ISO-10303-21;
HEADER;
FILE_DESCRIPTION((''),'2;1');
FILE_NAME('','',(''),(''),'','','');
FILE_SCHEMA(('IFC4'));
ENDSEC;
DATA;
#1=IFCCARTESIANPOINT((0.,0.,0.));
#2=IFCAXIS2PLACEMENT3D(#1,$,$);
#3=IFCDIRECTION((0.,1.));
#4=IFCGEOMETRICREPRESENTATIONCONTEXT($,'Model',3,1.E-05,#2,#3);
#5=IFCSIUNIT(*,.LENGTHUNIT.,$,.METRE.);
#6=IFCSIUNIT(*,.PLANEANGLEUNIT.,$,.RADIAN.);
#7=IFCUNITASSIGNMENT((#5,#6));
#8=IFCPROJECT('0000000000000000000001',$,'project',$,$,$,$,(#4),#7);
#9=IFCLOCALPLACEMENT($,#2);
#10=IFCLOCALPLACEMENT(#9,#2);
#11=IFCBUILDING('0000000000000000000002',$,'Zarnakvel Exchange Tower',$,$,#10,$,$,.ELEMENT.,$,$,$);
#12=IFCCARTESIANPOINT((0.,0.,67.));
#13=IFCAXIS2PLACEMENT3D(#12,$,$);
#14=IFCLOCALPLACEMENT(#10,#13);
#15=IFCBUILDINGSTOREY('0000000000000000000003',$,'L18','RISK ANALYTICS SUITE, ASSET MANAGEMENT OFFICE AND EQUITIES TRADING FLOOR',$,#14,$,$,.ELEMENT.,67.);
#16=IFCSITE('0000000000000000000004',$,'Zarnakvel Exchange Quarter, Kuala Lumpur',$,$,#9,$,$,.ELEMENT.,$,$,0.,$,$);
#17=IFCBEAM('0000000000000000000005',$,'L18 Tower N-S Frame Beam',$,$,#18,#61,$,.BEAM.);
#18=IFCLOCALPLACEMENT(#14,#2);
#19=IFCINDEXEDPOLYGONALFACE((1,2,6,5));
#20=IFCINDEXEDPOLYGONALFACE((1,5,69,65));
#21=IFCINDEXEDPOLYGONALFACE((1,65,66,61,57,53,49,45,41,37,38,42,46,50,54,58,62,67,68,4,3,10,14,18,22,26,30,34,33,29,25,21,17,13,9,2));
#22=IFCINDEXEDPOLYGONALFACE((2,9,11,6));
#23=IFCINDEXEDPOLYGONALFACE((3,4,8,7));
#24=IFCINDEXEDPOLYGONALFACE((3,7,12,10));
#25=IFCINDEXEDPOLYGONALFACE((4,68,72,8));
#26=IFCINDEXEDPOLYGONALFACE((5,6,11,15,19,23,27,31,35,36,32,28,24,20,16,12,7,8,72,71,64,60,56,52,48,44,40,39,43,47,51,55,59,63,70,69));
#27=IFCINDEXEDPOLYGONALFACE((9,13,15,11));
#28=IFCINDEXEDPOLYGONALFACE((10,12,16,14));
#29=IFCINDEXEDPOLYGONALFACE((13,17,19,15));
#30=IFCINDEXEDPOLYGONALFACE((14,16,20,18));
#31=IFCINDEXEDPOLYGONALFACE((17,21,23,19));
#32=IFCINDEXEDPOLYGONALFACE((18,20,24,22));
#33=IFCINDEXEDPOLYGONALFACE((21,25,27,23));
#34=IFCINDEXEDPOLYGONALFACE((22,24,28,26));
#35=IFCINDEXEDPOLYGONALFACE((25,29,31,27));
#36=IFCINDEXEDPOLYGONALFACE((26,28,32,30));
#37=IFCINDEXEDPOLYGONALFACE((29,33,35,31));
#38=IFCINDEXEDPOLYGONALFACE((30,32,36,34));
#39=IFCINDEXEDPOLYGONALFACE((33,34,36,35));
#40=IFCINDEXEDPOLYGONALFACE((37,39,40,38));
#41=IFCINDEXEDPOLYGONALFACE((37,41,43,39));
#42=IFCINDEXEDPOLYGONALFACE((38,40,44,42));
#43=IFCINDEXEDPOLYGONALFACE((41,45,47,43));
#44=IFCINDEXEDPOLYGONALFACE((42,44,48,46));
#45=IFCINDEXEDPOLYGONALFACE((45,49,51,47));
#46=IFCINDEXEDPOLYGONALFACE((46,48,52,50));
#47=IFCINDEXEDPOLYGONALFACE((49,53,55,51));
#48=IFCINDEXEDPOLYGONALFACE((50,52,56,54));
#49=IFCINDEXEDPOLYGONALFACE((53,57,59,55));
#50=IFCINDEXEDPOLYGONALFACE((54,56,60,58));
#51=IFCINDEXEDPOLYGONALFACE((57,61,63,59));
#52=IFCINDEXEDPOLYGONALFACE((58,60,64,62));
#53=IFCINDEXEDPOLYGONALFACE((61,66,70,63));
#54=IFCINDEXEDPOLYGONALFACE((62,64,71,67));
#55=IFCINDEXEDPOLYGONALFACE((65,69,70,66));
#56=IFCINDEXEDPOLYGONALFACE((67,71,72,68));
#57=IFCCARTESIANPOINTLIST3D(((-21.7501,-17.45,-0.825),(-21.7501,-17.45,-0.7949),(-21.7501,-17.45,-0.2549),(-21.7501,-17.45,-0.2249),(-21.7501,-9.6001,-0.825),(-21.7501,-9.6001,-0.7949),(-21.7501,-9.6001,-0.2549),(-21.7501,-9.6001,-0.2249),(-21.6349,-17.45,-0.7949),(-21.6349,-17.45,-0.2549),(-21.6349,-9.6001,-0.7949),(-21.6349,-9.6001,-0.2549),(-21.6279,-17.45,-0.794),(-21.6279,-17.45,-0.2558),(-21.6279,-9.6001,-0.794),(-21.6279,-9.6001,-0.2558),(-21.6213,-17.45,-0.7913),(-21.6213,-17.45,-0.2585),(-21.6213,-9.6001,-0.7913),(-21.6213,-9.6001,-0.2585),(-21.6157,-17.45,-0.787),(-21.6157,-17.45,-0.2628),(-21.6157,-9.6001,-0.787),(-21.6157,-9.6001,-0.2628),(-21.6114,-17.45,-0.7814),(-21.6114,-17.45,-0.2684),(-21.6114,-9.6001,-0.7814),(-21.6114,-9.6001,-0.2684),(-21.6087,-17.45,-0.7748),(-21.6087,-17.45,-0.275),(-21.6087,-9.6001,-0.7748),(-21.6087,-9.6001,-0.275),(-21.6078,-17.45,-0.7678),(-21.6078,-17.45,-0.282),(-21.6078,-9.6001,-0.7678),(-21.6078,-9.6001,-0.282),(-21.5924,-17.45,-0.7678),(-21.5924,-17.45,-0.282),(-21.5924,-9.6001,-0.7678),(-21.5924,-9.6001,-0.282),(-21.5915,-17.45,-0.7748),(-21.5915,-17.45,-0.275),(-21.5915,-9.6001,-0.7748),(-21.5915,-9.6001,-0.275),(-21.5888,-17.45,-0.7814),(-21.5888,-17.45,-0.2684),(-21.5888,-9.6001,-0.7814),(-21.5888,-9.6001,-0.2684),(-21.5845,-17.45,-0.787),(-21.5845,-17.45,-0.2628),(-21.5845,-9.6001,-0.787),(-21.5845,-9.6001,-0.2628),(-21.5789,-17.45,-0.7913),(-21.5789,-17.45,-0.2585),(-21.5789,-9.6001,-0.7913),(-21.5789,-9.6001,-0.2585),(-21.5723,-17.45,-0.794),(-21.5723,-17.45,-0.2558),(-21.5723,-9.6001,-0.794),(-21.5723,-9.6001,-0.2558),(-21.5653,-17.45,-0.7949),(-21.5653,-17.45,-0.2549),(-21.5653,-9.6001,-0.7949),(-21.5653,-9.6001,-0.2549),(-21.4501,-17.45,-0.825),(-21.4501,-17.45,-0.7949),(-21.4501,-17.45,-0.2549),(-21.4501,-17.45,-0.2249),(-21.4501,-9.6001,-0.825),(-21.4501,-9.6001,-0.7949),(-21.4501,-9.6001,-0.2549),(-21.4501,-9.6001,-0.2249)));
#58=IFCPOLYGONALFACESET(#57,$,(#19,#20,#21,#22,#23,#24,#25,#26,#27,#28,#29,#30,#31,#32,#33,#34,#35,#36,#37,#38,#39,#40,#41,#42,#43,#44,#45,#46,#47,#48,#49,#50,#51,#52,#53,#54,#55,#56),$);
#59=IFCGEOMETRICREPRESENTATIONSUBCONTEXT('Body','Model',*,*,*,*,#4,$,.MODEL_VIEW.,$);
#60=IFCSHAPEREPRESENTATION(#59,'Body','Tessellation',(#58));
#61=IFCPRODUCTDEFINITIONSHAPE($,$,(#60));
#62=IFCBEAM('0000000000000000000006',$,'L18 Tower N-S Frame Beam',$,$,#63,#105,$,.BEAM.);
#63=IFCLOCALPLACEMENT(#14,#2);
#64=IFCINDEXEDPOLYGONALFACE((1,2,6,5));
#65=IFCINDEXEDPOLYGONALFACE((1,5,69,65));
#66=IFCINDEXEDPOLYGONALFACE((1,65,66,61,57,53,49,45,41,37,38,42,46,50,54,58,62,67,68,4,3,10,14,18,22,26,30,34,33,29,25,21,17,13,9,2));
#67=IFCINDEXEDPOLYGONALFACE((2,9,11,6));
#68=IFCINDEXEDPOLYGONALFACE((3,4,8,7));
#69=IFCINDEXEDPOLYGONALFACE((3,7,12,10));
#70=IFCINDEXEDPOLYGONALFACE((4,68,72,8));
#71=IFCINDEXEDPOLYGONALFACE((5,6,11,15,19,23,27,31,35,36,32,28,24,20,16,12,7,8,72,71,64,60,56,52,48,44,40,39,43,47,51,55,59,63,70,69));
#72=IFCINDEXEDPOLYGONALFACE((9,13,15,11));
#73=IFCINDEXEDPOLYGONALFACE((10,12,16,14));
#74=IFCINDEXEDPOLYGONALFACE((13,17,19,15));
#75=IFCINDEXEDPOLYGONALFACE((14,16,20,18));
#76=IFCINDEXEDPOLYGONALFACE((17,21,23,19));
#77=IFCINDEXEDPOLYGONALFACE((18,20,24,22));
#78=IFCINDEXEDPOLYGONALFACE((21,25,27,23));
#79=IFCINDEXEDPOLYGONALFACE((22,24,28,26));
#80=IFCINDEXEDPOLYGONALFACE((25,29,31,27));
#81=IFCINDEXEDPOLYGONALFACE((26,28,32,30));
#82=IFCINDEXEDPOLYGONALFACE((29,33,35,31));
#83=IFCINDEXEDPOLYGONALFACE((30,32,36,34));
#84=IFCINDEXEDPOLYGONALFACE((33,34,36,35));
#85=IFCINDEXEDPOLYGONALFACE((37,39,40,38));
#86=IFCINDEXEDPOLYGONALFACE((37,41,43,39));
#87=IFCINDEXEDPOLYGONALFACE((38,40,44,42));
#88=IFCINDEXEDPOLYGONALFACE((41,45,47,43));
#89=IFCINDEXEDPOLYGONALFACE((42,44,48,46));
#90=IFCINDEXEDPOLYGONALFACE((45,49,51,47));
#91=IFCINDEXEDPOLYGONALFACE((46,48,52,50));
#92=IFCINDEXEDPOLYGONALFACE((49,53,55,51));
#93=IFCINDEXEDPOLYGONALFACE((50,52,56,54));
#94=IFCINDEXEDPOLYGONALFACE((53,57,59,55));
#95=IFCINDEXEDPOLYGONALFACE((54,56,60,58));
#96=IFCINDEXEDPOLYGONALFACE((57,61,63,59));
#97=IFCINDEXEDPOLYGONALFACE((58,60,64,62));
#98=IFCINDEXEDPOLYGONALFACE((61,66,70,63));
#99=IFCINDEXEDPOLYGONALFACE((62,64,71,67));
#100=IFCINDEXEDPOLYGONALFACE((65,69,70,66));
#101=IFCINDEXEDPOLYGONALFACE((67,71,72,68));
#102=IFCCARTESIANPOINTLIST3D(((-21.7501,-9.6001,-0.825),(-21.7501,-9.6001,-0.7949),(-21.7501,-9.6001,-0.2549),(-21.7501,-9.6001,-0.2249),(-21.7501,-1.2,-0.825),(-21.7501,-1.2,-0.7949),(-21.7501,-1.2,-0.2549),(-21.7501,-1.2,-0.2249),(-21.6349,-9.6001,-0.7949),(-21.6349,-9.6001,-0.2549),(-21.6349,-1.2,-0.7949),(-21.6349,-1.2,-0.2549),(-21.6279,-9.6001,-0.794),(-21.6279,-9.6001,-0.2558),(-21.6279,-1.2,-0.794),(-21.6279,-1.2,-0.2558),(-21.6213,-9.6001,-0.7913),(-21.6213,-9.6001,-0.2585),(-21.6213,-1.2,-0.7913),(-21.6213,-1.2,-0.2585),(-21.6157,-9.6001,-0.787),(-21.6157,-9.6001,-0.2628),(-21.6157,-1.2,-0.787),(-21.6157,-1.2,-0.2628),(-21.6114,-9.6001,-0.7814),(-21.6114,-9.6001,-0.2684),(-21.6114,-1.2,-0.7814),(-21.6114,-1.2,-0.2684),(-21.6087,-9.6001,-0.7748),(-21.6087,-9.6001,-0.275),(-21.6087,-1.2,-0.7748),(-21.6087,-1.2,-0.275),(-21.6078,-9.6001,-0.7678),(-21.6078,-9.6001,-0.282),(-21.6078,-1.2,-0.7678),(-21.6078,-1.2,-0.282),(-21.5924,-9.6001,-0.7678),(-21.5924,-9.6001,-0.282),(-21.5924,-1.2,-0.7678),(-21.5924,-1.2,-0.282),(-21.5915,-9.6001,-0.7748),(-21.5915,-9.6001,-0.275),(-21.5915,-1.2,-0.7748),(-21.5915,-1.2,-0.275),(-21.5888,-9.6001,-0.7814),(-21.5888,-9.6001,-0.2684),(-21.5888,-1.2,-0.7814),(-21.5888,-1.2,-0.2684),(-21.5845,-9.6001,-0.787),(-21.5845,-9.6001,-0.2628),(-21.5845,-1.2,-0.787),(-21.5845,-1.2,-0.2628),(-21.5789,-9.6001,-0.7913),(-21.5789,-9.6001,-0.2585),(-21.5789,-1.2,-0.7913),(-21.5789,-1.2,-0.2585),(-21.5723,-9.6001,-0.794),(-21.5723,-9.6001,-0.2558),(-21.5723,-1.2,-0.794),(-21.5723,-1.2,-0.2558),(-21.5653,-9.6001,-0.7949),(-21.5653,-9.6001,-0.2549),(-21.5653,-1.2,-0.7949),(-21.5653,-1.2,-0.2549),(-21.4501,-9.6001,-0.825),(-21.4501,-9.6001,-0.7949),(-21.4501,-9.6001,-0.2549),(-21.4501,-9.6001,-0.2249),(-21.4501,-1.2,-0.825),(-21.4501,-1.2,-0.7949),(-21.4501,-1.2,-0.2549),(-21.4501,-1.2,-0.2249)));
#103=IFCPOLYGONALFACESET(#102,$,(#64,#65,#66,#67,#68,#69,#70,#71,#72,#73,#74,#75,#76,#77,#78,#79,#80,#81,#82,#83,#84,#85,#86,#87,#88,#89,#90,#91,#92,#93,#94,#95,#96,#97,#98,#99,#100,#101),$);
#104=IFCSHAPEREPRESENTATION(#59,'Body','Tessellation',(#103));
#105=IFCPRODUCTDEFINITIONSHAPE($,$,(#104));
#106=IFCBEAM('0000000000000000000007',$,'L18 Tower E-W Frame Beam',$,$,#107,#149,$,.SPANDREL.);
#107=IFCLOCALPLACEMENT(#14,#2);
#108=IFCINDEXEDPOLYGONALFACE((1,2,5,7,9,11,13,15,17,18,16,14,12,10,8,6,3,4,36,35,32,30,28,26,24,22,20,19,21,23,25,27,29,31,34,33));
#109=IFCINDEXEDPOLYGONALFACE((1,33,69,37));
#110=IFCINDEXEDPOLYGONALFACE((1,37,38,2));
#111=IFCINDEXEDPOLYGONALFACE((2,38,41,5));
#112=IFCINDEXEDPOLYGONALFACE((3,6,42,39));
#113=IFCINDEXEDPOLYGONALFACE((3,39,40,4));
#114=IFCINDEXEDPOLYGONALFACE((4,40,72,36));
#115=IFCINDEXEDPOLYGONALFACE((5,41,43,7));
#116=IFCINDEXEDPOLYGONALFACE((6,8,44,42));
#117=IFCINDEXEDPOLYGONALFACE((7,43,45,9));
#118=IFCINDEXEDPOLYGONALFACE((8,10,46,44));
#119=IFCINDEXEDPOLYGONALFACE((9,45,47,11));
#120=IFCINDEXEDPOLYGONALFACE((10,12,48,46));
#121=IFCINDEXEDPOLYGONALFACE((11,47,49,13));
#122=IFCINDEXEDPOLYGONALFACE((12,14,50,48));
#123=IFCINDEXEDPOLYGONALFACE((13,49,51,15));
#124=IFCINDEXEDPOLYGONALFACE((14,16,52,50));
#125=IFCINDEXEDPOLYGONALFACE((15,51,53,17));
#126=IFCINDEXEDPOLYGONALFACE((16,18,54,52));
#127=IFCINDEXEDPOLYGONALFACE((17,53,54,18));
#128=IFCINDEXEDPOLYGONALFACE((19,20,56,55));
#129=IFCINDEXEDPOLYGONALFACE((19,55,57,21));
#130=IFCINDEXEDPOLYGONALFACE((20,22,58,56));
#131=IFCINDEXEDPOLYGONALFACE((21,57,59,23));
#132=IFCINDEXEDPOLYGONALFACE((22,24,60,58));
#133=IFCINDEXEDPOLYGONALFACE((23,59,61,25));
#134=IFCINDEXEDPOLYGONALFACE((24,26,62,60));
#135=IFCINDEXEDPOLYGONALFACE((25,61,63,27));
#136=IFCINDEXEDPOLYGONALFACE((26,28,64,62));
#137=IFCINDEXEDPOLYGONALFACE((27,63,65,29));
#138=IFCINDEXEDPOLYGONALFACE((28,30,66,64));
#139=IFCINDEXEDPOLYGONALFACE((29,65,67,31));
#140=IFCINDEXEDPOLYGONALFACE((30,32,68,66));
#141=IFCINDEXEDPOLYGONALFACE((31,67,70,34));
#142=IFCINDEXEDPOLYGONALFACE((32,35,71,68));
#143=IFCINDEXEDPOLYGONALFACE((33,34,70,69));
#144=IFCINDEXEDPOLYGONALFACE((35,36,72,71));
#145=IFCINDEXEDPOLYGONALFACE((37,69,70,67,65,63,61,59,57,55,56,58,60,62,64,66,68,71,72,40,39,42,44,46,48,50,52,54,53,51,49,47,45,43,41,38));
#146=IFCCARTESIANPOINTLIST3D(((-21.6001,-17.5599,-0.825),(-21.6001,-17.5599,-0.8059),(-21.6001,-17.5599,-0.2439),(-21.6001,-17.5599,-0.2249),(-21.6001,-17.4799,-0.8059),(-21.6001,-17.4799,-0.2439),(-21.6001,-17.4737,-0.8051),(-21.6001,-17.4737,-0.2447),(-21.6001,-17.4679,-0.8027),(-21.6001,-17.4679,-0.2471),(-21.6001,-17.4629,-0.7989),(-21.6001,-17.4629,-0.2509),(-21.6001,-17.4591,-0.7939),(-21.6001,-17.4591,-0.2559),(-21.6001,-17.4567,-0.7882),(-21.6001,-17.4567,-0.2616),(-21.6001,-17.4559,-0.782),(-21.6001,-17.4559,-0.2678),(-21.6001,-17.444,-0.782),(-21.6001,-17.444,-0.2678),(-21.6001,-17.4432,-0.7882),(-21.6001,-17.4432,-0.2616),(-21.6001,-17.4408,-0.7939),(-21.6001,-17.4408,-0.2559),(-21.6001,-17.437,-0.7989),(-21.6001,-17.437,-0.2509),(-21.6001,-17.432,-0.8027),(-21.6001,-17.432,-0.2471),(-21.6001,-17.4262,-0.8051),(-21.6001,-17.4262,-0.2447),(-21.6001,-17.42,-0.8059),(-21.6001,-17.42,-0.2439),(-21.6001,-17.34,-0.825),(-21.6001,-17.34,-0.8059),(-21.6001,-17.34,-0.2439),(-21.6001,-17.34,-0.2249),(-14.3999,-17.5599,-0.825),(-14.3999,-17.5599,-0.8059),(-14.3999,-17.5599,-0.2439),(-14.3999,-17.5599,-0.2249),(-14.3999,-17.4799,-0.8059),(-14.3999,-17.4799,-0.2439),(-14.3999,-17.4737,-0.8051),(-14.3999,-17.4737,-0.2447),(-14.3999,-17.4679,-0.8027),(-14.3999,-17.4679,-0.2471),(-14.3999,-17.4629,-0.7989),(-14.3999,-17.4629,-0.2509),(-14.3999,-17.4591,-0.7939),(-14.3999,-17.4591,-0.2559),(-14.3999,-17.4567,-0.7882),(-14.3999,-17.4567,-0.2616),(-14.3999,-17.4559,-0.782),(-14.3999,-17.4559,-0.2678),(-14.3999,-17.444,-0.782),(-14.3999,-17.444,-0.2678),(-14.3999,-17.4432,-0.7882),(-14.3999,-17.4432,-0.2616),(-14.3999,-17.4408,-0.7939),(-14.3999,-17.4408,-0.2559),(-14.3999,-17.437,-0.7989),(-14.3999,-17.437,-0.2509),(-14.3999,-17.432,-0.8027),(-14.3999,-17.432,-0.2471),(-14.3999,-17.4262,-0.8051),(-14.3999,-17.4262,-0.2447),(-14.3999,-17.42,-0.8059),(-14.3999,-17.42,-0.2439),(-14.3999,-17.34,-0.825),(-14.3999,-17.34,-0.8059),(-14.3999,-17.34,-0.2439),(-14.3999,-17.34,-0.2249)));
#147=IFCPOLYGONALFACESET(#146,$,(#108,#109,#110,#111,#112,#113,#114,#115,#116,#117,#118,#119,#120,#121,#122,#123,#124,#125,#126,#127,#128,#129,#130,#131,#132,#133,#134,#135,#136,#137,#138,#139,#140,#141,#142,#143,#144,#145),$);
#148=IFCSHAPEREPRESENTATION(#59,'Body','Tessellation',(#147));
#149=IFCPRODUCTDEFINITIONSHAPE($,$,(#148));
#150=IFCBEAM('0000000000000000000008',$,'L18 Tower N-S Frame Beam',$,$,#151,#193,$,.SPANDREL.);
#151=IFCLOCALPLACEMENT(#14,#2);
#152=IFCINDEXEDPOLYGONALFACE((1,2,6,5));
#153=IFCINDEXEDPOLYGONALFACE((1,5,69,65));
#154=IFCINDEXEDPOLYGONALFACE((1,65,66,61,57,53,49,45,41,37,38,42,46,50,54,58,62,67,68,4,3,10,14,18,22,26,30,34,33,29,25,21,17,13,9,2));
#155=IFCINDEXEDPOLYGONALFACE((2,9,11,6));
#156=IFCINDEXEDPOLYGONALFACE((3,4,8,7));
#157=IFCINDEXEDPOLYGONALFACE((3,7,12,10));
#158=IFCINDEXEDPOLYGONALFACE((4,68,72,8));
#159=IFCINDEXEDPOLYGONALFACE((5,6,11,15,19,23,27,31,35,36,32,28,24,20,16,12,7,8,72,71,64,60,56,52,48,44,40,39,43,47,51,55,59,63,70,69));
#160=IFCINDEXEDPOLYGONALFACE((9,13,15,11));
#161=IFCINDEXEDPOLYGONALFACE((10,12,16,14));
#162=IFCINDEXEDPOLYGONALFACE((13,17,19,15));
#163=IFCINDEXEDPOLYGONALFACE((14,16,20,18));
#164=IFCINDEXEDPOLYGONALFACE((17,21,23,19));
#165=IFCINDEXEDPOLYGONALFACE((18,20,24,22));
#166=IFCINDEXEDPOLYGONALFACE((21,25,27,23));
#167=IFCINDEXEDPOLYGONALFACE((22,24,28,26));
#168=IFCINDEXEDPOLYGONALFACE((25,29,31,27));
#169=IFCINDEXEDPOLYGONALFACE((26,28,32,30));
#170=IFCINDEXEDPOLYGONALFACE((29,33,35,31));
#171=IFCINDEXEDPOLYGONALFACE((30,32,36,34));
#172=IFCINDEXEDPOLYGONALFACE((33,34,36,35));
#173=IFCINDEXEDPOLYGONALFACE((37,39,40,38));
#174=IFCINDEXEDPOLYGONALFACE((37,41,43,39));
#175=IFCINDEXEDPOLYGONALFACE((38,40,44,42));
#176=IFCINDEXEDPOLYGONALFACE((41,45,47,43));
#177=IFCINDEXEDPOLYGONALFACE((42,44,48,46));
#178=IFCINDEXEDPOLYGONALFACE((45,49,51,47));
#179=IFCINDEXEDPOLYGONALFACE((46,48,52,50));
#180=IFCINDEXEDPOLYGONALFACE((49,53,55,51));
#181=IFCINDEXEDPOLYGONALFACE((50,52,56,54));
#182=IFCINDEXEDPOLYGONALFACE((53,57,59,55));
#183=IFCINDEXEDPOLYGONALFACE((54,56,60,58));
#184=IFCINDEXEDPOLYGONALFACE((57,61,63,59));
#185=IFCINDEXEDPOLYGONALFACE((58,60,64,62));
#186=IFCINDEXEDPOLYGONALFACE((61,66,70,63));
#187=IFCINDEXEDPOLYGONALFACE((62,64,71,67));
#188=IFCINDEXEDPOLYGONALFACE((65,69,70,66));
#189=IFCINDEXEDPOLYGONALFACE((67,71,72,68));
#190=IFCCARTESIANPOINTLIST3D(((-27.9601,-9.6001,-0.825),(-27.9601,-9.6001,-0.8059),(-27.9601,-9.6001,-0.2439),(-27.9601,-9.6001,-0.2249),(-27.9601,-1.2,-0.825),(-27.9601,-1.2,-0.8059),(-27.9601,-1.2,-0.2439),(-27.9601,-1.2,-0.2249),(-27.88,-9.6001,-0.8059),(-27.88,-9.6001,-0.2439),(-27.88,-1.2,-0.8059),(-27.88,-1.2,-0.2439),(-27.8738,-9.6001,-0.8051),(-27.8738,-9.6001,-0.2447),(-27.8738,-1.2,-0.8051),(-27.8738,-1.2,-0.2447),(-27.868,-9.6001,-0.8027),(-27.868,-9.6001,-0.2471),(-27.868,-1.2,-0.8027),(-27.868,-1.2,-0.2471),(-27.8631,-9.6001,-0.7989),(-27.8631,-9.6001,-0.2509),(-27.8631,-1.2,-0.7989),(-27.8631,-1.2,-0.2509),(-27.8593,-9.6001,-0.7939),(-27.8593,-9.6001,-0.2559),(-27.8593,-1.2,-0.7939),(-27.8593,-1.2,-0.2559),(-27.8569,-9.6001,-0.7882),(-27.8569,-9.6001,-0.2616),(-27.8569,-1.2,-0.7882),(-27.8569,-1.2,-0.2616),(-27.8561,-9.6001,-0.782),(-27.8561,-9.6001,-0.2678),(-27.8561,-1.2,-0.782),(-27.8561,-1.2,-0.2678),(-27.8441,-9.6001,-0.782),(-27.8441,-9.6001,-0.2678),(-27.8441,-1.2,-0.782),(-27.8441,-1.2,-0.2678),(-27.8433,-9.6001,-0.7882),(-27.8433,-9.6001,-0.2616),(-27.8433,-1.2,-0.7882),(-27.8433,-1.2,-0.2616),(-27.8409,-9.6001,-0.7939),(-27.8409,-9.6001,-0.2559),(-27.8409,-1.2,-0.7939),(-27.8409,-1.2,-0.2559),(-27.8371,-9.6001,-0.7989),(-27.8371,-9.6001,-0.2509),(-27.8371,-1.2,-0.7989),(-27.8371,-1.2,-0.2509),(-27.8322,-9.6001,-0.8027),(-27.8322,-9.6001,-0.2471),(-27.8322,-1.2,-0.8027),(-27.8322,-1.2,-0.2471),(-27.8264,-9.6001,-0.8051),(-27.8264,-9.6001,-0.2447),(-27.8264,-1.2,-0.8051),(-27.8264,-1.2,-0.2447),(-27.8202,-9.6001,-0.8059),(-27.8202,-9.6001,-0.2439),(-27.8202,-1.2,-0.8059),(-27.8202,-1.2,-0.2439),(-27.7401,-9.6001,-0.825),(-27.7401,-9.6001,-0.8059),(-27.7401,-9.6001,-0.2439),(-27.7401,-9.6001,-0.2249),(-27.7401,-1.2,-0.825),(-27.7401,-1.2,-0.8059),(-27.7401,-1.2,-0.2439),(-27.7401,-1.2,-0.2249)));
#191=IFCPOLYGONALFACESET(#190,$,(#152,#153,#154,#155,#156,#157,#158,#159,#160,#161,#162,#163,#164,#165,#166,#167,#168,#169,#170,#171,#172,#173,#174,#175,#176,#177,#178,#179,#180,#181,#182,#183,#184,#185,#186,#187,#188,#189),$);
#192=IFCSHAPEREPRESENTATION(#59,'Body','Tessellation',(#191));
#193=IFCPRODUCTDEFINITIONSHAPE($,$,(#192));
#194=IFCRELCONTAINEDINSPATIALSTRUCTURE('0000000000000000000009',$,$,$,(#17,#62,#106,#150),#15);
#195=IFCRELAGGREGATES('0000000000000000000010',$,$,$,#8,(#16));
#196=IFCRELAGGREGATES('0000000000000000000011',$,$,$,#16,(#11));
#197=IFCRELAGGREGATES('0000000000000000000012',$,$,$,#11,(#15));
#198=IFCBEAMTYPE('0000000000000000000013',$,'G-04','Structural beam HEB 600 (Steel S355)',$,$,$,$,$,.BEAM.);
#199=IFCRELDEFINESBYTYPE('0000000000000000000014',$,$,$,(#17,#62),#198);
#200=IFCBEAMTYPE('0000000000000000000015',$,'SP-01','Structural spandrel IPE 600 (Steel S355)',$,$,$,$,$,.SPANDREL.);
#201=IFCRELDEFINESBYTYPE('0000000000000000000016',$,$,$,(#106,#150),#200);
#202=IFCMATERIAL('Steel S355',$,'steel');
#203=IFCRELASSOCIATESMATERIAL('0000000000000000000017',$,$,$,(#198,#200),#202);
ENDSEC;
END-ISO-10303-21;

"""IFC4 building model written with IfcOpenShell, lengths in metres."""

from ifc_helpers import new_model, si_unit, direction, frame, origin, origin_2d, place, context, subcontext, project, spatial, i_section, extrude, material, material_profile, profile_set, type_object, element, save


model = new_model("IFC4")

# Units and contexts
model_context = context("Model", 3, precision=1e-05, world=origin(), true_north=direction((0.0, 1.0)))
body_context = subcontext(model_context, "Body", "Model", "MODEL_VIEW")
ifc_project = project(units=[si_unit("LENGTHUNIT", "METRE"), si_unit("PLANEANGLEUNIT", "RADIAN")], contexts=[model_context])

# Site, building, storey
site_placement = place(None, origin())
site = spatial("IfcSite", under=ifc_project, at=site_placement, Name="Zarnakvel Exchange Quarter, Kuala Lumpur", CompositionType="ELEMENT", RefElevation=0.0)
building_placement = place(site_placement, origin())
building = spatial("IfcBuilding", under=site, at=building_placement, Name="Zarnakvel Exchange Tower", CompositionType="ELEMENT")
storey_placement = place(building_placement, frame((0.0, 0.0, 67.0)))
storey = spatial("IfcBuildingStorey", under=building, at=storey_placement, Name="L18", Description="RISK ANALYTICS SUITE, ASSET MANAGEMENT OFFICE AND EQUITIES TRADING FLOOR", CompositionType="ELEMENT", Elevation=67.0)

# Shared definitions
ifc_material_1 = material(Name="Steel S355", Category="steel")

# Beams
ifc_material_profile_1 = material_profile(ifc_material_1, i_section(OverallWidth=0.3, OverallDepth=0.6001, WebThickness=0.0154, FlangeThickness=0.03, FilletRadius=0.0271, at=origin_2d()))
ifc_profile_set_1 = profile_set([ifc_material_profile_1], Name="Steel S355")
beam_type_1 = type_object("IfcBeamType", Name="G-04", Description="Structural beam HEB 600 (Steel S355)", PredefinedType="BEAM", material=ifc_profile_set_1)
beam_1_placement = place(storey_placement, frame((-21.6001, -17.45, -0.5249), z_axis=(0.0, 1.0, 0.0), x_axis=(-1.0, 0.0, 0.0)))
element("IfcBeam", 1, at=beam_1_placement, inside=storey, type_object=beam_type_1, Name="L18 Tower N-S Frame Beam", PredefinedType="BEAM", context=body_context, shape_type="SweptSolid", body=[
    extrude(i_section(OverallWidth=0.3, OverallDepth=0.6001, WebThickness=0.0154, FlangeThickness=0.03, FilletRadius=0.0271, at=origin_2d()), origin(), (0.0, 0.0, 1.0), 7.8499),
])
beam_2_placement = place(storey_placement, frame((-21.6001, -9.6001, -0.5249), z_axis=(0.0, 1.0, 0.0), x_axis=(-1.0, 0.0, 0.0)))
element("IfcBeam", 2, at=beam_2_placement, inside=storey, type_object=beam_type_1, Name="L18 Tower N-S Frame Beam", PredefinedType="BEAM", context=body_context, shape_type="SweptSolid", body=[
    extrude(i_section(OverallWidth=0.3, OverallDepth=0.6001, WebThickness=0.0154, FlangeThickness=0.03, FilletRadius=0.0271, at=origin_2d()), origin(), (0.0, 0.0, 1.0), 8.4001),
])
ifc_material_profile_2 = material_profile(ifc_material_1, i_section(OverallWidth=0.22, OverallDepth=0.6001, WebThickness=0.012, FlangeThickness=0.019, FilletRadius=0.0239, at=origin_2d()))
ifc_profile_set_2 = profile_set([ifc_material_profile_2], Name="Steel S355")
beam_type_2 = type_object("IfcBeamType", Name="SP-01", Description="Structural spandrel IPE 600 (Steel S355)", PredefinedType="SPANDREL", material=ifc_profile_set_2)
beam_3_placement = place(storey_placement, frame((-21.6001, -17.45, -0.5249), z_axis=(1.0, 0.0, 0.0), x_axis=(0.0, 1.0, 0.0)))
element("IfcBeam", 3, at=beam_3_placement, inside=storey, type_object=beam_type_2, Name="L18 Tower E-W Frame Beam", PredefinedType="SPANDREL", context=body_context, shape_type="SweptSolid", body=[
    extrude(i_section(OverallWidth=0.22, OverallDepth=0.6001, WebThickness=0.012, FlangeThickness=0.019, FilletRadius=0.0239, at=origin_2d()), origin(), (0.0, 0.0, 1.0), 7.2002),
])
beam_4_placement = place(storey_placement, frame((-27.8501, -9.6001, -0.5249), z_axis=(0.0, 1.0, 0.0), x_axis=(-1.0, 0.0, 0.0)))
element("IfcBeam", 4, at=beam_4_placement, inside=storey, type_object=beam_type_2, Name="L18 Tower N-S Frame Beam", PredefinedType="SPANDREL", context=body_context, shape_type="SweptSolid", body=[
    extrude(i_section(OverallWidth=0.22, OverallDepth=0.6001, WebThickness=0.012, FlangeThickness=0.019, FilletRadius=0.0239, at=origin_2d()), origin(), (0.0, 0.0, 1.0), 8.4001),
])

save(model, "model.ifc")
